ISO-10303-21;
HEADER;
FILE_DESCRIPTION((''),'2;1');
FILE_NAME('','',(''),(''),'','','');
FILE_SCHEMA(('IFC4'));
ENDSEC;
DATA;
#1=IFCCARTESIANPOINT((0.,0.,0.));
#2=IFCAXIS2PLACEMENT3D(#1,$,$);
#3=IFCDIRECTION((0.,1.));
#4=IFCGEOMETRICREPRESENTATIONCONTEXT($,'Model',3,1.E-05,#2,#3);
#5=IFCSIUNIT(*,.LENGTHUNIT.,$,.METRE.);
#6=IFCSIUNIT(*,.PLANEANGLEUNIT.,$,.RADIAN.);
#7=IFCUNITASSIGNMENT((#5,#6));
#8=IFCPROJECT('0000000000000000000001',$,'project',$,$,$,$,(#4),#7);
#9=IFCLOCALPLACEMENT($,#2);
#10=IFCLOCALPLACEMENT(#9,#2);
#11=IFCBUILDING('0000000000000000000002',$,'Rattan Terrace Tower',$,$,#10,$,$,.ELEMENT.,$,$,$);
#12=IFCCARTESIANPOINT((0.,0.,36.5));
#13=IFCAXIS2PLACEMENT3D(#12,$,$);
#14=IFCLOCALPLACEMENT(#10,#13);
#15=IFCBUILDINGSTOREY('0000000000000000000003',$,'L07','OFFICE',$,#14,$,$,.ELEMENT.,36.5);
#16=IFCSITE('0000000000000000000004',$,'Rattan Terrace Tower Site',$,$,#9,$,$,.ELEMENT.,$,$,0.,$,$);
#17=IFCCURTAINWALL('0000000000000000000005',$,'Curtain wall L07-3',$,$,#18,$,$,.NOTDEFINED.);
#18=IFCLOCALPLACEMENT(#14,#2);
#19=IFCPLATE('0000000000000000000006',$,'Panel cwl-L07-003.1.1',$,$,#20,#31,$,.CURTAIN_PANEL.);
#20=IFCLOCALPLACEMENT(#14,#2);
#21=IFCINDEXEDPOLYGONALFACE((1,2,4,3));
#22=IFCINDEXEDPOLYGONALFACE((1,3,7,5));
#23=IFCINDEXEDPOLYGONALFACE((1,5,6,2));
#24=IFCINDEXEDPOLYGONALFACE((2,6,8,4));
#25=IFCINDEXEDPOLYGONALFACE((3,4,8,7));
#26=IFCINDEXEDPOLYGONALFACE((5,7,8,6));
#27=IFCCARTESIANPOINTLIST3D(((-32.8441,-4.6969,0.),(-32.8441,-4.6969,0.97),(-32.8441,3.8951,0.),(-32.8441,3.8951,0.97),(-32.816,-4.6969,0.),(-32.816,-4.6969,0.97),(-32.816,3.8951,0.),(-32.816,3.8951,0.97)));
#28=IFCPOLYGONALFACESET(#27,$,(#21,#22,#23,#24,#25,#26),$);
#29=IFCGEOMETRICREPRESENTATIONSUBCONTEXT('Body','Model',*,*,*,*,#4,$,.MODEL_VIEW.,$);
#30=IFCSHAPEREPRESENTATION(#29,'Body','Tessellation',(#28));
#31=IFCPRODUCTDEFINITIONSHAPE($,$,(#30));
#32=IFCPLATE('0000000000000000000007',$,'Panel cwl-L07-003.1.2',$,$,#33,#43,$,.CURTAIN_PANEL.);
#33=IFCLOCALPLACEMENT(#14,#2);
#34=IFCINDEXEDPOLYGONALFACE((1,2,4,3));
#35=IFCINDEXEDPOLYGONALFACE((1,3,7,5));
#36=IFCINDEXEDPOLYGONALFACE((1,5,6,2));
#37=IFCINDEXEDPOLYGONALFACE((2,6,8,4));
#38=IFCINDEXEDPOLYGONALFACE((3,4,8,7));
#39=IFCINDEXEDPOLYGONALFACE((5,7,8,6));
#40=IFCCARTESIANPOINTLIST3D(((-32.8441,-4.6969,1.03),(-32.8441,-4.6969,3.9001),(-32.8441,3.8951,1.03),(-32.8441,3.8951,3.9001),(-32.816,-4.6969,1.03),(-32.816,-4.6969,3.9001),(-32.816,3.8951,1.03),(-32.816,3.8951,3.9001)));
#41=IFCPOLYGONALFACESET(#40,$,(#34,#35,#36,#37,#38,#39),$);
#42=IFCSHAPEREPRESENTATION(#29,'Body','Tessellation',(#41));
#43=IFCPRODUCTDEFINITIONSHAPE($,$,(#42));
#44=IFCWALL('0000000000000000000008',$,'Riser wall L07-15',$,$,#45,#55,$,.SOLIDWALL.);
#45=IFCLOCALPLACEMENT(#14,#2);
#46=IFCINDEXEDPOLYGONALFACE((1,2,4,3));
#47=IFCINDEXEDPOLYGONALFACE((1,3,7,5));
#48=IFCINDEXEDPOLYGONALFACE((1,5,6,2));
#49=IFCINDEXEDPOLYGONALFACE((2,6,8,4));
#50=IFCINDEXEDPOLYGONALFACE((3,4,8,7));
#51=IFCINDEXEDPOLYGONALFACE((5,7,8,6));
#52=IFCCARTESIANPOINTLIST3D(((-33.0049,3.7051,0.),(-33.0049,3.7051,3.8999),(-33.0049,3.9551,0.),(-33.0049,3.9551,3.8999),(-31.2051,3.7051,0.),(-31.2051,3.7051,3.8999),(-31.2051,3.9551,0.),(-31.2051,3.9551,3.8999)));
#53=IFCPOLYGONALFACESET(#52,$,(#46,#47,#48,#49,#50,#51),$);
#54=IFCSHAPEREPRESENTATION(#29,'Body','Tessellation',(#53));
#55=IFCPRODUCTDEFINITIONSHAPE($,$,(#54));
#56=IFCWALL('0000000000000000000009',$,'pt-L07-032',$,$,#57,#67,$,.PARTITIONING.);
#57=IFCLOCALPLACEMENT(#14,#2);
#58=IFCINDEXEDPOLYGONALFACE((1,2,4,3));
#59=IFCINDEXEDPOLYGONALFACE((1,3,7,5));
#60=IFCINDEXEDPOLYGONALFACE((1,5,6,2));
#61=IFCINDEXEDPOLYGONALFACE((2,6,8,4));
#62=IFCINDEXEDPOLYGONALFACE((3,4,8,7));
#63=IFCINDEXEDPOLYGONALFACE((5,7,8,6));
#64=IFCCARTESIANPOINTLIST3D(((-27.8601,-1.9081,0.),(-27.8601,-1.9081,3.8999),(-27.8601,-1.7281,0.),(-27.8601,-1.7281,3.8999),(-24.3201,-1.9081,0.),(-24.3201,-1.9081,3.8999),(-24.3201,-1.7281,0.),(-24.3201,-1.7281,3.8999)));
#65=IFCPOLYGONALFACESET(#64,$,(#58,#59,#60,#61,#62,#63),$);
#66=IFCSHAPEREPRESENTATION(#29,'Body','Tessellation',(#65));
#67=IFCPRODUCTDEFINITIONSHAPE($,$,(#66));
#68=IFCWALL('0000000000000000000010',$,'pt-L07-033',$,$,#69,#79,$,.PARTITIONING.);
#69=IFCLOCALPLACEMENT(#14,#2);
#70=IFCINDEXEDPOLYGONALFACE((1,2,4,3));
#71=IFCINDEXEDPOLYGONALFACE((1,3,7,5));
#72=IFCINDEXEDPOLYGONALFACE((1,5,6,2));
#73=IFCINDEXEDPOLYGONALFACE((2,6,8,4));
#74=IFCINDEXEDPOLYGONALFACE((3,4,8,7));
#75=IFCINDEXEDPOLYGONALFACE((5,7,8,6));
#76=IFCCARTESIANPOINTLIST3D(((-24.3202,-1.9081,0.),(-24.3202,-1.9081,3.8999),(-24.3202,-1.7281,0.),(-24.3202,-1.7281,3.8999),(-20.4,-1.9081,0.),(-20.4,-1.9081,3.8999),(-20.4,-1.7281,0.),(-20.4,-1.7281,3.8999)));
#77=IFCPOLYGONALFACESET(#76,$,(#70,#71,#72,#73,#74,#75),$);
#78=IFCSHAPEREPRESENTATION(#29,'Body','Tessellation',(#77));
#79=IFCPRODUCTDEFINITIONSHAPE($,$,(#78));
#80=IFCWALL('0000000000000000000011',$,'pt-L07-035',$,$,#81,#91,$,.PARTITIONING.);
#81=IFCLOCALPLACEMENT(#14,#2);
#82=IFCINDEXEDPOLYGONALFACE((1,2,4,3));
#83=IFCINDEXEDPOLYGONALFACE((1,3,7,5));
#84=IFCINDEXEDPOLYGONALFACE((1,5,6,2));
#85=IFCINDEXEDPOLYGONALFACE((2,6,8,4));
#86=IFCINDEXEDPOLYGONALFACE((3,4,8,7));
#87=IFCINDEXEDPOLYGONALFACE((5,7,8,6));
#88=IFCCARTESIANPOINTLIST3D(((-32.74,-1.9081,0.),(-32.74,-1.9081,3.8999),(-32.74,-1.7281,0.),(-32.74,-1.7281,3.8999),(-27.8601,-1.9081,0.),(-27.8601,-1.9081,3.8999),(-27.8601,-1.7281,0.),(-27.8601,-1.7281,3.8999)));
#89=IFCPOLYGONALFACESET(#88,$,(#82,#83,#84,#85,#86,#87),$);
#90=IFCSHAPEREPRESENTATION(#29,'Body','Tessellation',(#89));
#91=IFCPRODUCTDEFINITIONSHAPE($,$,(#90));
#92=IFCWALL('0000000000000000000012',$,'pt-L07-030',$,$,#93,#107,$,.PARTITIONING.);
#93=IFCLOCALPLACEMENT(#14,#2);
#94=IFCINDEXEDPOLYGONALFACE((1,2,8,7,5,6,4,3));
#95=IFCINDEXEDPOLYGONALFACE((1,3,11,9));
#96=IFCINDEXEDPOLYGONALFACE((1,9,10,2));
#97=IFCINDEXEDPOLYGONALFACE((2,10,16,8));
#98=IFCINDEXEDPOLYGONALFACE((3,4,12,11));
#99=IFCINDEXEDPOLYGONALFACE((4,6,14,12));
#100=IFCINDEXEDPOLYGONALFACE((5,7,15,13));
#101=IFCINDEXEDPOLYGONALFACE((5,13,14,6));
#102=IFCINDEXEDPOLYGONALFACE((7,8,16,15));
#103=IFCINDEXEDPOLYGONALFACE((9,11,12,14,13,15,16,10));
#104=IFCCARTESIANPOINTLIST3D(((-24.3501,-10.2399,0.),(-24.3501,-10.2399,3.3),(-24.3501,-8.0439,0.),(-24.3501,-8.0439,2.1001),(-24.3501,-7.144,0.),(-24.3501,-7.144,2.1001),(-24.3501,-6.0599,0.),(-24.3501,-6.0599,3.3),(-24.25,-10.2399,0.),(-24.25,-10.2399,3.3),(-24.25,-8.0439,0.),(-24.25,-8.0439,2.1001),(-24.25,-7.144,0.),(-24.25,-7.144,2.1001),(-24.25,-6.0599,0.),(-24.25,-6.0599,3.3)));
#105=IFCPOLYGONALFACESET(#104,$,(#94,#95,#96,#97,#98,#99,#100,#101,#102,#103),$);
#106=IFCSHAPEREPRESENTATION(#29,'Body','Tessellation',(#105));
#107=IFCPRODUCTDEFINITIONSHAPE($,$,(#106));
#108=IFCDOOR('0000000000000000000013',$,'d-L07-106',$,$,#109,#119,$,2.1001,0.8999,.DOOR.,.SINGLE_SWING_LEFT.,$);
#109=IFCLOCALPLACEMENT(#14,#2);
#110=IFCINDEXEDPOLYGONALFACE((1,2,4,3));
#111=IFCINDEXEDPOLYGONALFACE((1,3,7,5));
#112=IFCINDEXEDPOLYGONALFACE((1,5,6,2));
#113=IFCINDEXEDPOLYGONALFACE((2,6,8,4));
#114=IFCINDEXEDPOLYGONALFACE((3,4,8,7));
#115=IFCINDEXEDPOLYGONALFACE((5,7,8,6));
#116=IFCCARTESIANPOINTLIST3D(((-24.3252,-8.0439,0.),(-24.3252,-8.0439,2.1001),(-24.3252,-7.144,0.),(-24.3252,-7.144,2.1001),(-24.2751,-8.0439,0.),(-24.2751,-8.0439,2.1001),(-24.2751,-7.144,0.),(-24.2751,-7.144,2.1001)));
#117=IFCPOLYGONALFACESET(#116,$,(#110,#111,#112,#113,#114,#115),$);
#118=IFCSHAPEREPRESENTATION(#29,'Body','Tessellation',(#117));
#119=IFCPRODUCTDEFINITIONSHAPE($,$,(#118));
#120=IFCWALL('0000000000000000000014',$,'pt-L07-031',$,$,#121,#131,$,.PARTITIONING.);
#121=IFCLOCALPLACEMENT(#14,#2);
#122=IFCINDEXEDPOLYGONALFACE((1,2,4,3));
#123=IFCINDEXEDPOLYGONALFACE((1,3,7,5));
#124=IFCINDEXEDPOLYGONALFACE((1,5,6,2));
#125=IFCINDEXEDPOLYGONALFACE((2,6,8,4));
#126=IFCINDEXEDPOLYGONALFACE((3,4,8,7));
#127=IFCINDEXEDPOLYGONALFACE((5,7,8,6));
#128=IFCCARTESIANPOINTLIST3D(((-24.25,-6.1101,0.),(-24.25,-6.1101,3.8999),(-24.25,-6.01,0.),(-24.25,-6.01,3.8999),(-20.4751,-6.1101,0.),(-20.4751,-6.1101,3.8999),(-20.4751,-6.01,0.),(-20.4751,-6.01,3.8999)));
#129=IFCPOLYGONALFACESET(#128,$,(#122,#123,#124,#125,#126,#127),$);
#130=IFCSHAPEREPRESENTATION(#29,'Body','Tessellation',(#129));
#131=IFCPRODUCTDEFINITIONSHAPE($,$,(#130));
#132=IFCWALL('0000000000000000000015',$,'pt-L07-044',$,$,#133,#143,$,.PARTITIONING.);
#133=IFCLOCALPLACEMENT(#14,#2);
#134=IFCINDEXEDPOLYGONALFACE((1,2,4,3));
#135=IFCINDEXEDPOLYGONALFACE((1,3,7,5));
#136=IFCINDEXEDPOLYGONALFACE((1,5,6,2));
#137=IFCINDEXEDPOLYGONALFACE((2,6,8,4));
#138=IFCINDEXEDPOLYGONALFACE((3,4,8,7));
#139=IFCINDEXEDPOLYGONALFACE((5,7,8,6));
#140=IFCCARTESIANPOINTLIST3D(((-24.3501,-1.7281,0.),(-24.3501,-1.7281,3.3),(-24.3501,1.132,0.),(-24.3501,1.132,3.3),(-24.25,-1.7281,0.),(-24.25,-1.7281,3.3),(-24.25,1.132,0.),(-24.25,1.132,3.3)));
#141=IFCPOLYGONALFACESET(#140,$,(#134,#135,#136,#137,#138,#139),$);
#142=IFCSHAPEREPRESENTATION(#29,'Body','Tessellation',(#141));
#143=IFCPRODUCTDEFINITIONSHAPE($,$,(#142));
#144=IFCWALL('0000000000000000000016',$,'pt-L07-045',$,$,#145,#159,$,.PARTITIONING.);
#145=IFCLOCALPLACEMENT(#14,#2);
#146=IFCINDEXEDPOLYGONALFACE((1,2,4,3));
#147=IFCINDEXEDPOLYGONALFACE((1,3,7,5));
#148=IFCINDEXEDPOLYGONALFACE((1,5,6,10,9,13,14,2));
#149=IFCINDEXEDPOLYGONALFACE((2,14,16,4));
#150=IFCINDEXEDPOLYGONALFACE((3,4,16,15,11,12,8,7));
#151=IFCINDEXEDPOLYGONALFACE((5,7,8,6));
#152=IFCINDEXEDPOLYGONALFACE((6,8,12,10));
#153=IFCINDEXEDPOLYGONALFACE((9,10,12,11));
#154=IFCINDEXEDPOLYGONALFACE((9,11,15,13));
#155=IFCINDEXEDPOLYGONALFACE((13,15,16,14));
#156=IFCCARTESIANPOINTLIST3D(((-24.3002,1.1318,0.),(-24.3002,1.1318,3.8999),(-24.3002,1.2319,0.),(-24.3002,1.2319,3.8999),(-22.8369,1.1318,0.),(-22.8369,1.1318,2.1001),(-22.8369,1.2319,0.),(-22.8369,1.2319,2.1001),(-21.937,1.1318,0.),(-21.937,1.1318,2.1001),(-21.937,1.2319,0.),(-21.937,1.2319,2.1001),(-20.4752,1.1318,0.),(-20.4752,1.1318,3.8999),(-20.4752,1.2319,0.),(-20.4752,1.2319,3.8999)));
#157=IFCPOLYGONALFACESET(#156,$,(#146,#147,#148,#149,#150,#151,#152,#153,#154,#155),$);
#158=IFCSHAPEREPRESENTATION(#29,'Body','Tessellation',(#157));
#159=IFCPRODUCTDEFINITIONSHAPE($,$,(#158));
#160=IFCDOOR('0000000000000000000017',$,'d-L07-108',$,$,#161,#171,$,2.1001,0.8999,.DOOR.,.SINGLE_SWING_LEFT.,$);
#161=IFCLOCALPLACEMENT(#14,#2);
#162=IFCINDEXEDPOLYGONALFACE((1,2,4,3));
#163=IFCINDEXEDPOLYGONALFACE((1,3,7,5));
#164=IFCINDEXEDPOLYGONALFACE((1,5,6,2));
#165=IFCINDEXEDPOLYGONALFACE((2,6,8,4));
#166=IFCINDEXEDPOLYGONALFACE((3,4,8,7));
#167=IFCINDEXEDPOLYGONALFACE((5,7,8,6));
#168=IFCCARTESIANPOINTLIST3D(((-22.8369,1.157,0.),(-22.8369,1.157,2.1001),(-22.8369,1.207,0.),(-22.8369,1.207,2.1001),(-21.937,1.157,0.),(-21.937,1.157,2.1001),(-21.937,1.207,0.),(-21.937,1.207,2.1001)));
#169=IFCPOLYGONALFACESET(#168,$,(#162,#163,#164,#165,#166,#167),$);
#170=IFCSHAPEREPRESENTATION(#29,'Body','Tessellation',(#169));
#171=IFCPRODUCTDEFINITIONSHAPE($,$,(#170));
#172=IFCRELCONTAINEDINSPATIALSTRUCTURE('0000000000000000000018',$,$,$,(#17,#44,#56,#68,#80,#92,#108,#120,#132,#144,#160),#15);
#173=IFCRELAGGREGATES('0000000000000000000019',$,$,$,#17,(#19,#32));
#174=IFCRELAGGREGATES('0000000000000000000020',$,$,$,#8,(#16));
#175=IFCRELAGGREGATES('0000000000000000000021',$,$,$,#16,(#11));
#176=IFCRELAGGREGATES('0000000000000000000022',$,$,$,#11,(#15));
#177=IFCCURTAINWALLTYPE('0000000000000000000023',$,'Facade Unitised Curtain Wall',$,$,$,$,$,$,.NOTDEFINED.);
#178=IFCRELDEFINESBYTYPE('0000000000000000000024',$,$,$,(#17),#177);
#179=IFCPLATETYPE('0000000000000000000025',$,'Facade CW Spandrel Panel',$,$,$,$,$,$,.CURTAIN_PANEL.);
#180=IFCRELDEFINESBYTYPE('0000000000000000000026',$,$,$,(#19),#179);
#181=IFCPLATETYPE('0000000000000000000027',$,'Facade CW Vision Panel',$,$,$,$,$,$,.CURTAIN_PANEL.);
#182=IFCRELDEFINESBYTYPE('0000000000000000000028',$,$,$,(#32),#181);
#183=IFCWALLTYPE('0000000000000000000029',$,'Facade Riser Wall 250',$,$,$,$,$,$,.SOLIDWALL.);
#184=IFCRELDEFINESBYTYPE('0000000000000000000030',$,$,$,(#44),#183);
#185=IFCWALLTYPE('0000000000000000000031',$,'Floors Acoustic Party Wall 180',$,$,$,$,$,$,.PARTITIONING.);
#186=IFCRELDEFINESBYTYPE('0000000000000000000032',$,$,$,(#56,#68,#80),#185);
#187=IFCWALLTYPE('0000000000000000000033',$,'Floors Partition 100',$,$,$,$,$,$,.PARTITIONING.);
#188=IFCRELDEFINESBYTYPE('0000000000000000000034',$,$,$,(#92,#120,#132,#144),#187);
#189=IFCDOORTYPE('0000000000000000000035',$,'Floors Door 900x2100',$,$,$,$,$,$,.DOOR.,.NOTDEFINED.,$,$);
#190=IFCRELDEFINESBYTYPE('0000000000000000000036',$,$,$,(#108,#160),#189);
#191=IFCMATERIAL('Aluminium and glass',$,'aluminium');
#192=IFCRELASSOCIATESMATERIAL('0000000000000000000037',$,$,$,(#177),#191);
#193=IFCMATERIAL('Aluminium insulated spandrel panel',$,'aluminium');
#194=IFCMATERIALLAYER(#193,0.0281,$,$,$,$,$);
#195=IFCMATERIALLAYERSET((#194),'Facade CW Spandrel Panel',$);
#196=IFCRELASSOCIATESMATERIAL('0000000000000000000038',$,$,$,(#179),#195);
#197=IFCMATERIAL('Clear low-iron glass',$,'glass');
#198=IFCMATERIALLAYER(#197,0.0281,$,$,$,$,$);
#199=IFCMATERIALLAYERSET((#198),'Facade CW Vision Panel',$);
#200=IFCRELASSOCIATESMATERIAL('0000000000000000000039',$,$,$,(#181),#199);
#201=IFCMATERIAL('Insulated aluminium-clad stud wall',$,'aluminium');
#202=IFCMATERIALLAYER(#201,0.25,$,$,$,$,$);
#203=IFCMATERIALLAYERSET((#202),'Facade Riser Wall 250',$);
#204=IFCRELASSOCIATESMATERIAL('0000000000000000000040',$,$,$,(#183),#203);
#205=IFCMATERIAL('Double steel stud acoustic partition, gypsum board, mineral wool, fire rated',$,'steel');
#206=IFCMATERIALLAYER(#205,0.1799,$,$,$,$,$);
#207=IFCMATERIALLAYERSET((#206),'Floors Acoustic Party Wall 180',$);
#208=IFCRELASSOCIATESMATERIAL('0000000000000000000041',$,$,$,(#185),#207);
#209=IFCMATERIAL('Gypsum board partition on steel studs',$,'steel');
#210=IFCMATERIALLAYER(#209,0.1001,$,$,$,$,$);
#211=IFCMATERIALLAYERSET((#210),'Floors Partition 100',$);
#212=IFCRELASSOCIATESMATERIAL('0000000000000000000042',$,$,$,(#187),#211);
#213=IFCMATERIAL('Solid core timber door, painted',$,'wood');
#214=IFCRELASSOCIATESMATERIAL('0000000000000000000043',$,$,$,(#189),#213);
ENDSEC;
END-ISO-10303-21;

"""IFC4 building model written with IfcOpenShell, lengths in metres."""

from ifc_helpers import new_model, si_unit, direction, frame, frame_2d, origin, origin_2d, place, context, subcontext, project, spatial, rectangle, extrude, material, layer, layer_set, type_object, element, fill, aggregate, save


model = new_model("IFC4")

# Units and contexts
model_context = context("Model", 3, precision=1e-05, world=origin(), true_north=direction((0.0, 1.0)))
body_context = subcontext(model_context, "Body", "Model", "MODEL_VIEW")
ifc_project = project(units=[si_unit("LENGTHUNIT", "METRE"), si_unit("PLANEANGLEUNIT", "RADIAN")], contexts=[model_context])

# Site, building, storey
site_placement = place(None, origin())
site = spatial("IfcSite", under=ifc_project, at=site_placement, Name="Rattan Terrace Tower Site", CompositionType="ELEMENT", RefElevation=0.0)
building_placement = place(site_placement, origin())
building = spatial("IfcBuilding", under=site, at=building_placement, Name="Rattan Terrace Tower", CompositionType="ELEMENT")
storey_placement = place(building_placement, frame((0.0, 0.0, 36.5)))
storey = spatial("IfcBuildingStorey", under=building, at=storey_placement, Name="L07", Description="OFFICE", CompositionType="ELEMENT", Elevation=36.5)

# Curtain wall
ifc_material_1 = material(Name="Aluminium and glass", Category="aluminium")
curtain_wall_type = type_object("IfcCurtainWallType", Name="Facade Unitised Curtain Wall", PredefinedType="NOTDEFINED", material=ifc_material_1)
curtain_wall_placement = place(storey_placement, origin())
curtain_wall = element("IfcCurtainWall", 1, at=curtain_wall_placement, inside=storey, type_object=curtain_wall_type, Name="Curtain wall L07-3", PredefinedType="NOTDEFINED")

# Plates
ifc_material_2 = material(Name="Aluminium insulated spandrel panel", Category="aluminium")
ifc_layer_1 = layer(ifc_material_2, 0.0281)
ifc_layer_set_1 = layer_set([ifc_layer_1], Name="Facade CW Spandrel Panel")
plate_type_1 = type_object("IfcPlateType", Name="Facade CW Spandrel Panel", PredefinedType="CURTAIN_PANEL", material=ifc_layer_set_1)
plate_1_placement = place(storey_placement, frame((-32.8301, -0.4009, 0.0), z_axis=(0.0, 0.0, 1.0), x_axis=(0.0, -1.0, 0.0)))
plate_1 = element("IfcPlate", 2, at=plate_1_placement, type_object=plate_type_1, Name="Panel cwl-L07-003.1.1", PredefinedType="CURTAIN_PANEL", context=body_context, shape_type="SweptSolid", body=[
    extrude(rectangle(XDim=8.592, YDim=0.0281, at=origin_2d()), origin(), (0.0, 0.0, 1.0), 0.97),
])
ifc_material_3 = material(Name="Clear low-iron glass", Category="glass")
ifc_layer_2 = layer(ifc_material_3, 0.0281)
ifc_layer_set_2 = layer_set([ifc_layer_2], Name="Facade CW Vision Panel")
plate_type_2 = type_object("IfcPlateType", Name="Facade CW Vision Panel", PredefinedType="CURTAIN_PANEL", material=ifc_layer_set_2)
plate_2_placement = place(storey_placement, frame((-32.8301, -0.4009, 1.03), z_axis=(0.0, 0.0, 1.0), x_axis=(0.0, -1.0, 0.0)))
plate_2 = element("IfcPlate", 3, at=plate_2_placement, type_object=plate_type_2, Name="Panel cwl-L07-003.1.2", PredefinedType="CURTAIN_PANEL", context=body_context, shape_type="SweptSolid", body=[
    extrude(rectangle(XDim=8.592, YDim=0.0281, at=origin_2d()), origin(), (0.0, 0.0, 1.0), 2.8701),
])
aggregate(curtain_wall, [plate_1, plate_2])

# Walls
ifc_material_4 = material(Name="Insulated aluminium-clad stud wall", Category="aluminium")
ifc_layer_3 = layer(ifc_material_4, 0.25)
ifc_layer_set_3 = layer_set([ifc_layer_3], Name="Facade Riser Wall 250")
wall_type_1 = type_object("IfcWallType", Name="Facade Riser Wall 250", PredefinedType="SOLIDWALL", material=ifc_layer_set_3)
wall_1_placement = place(storey_placement, frame((-31.2051, 3.8301, 0.0), z_axis=(0.0, 0.0, 1.0), x_axis=(-1.0, 0.0, 0.0)))
element("IfcWall", 4, at=wall_1_placement, inside=storey, type_object=wall_type_1, Name="Riser wall L07-15", PredefinedType="SOLIDWALL", context=body_context, shape_type="SweptSolid", body=[
    extrude(rectangle(XDim=1.7998, YDim=0.25, at=frame_2d((0.8999, 0.0))), origin(), (0.0, 0.0, 1.0), 3.8999),
])
ifc_material_5 = material(Name="Double steel stud acoustic partition, gypsum board, mineral wool, fire rated", Category="steel")
ifc_layer_4 = layer(ifc_material_5, 0.1799)
ifc_layer_set_4 = layer_set([ifc_layer_4], Name="Floors Acoustic Party Wall 180")
wall_type_2 = type_object("IfcWallType", Name="Floors Acoustic Party Wall 180", PredefinedType="PARTITIONING", material=ifc_layer_set_4)
wall_2_placement = place(storey_placement, frame((-27.8601, -1.8181, 0.0), z_axis=(0.0, 0.0, 1.0), x_axis=(1.0, 0.0, 0.0)))
element("IfcWall", 5, at=wall_2_placement, inside=storey, type_object=wall_type_2, Name="pt-L07-032", PredefinedType="PARTITIONING", context=body_context, shape_type="SweptSolid", body=[
    extrude(rectangle(XDim=3.54, YDim=0.1799, at=frame_2d((1.77, 0.0))), origin(), (0.0, 0.0, 1.0), 3.8999),
])
wall_3_placement = place(storey_placement, frame((-24.3201, -1.8181, 0.0), z_axis=(0.0, 0.0, 1.0), x_axis=(1.0, 0.0, 0.0)))
element("IfcWall", 6, at=wall_3_placement, inside=storey, type_object=wall_type_2, Name="pt-L07-033", PredefinedType="PARTITIONING", context=body_context, shape_type="SweptSolid", body=[
    extrude(rectangle(XDim=3.9202, YDim=0.1799, at=frame_2d((1.96, 0.0))), origin(), (0.0, 0.0, 1.0), 3.8999),
])
wall_4_placement = place(storey_placement, frame((-32.74, -1.8181, 0.0), z_axis=(0.0, 0.0, 1.0), x_axis=(1.0, 0.0, 0.0)))
element("IfcWall", 7, at=wall_4_placement, inside=storey, type_object=wall_type_2, Name="pt-L07-035", PredefinedType="PARTITIONING", context=body_context, shape_type="SweptSolid", body=[
    extrude(rectangle(XDim=4.8799, YDim=0.1799, at=frame_2d((2.4399, 0.0))), origin(), (0.0, 0.0, 1.0), 3.8999),
])

# Wall, opening, door
ifc_material_6 = material(Name="Gypsum board partition on steel studs", Category="steel")
ifc_layer_5 = layer(ifc_material_6, 0.1001)
ifc_layer_set_5 = layer_set([ifc_layer_5], Name="Floors Partition 100")
wall_type_3 = type_object("IfcWallType", Name="Floors Partition 100", PredefinedType="PARTITIONING", material=ifc_layer_set_5)
wall_5_placement = place(storey_placement, frame((-24.3, -6.0601, 0.0), z_axis=(0.0, 0.0, 1.0), x_axis=(0.0, -1.0, 0.0)))
wall_5 = element("IfcWall", 8, at=wall_5_placement, inside=storey, type_object=wall_type_3, Name="pt-L07-030", PredefinedType="PARTITIONING", context=body_context, shape_type="SweptSolid", body=[
    extrude(rectangle(XDim=4.1799, YDim=0.1001, at=frame_2d((2.0898, 0.0))), origin(), (0.0, 0.0, 1.0), 3.3),
])
opening_1_placement = place(wall_5_placement, frame((1.084, 0.0, 0.0)))
opening_1 = element("IfcOpeningElement", 9, at=opening_1_placement, cuts=wall_5, PredefinedType="OPENING", context=body_context, shape_type="SweptSolid", body=[
    extrude(rectangle(XDim=0.8999, YDim=2.1001, at=frame_2d((0.45, 1.05))), frame((0.0, 0.0605, 0.0), z_axis=(0.0, -1.0, 0.0), x_axis=(1.0, 0.0, 0.0)), (0.0, 0.0, 1.0), 0.1211),
])
ifc_material_7 = material(Name="Solid core timber door, painted", Category="wood")
door_type_1 = type_object("IfcDoorType", Name="Floors Door 900x2100", OperationType="NOTDEFINED", PredefinedType="DOOR", material=ifc_material_7)
door_1_placement = place(opening_1_placement, origin())
door_1 = element("IfcDoor", 10, at=door_1_placement, inside=storey, type_object=door_type_1, Name="d-L07-106", OperationType="SINGLE_SWING_LEFT", OverallHeight=2.1001, OverallWidth=0.8999, PredefinedType="DOOR", context=body_context, shape_type="SweptSolid", body=[
    extrude(rectangle(XDim=0.8999, YDim=2.1001, at=frame_2d((0.45, 1.05))), frame((0.0, 0.0249, 0.0), z_axis=(0.0, -1.0, 0.0), x_axis=(1.0, 0.0, 0.0)), (0.0, 0.0, 1.0), 0.05),
])
fill(opening_1, door_1)

# Walls
wall_6_placement = place(storey_placement, frame((-20.4751, -6.0601, 0.0), z_axis=(0.0, 0.0, 1.0), x_axis=(-1.0, 0.0, 0.0)))
element("IfcWall", 11, at=wall_6_placement, inside=storey, type_object=wall_type_3, Name="pt-L07-031", PredefinedType="PARTITIONING", context=body_context, shape_type="SweptSolid", body=[
    extrude(rectangle(XDim=3.7749, YDim=0.1001, at=frame_2d((1.8875, 0.0))), origin(), (0.0, 0.0, 1.0), 3.8999),
])
wall_7_placement = place(storey_placement, frame((-24.3, 1.1321, 0.0), z_axis=(0.0, 0.0, 1.0), x_axis=(0.0, -1.0, 0.0)))
element("IfcWall", 12, at=wall_7_placement, inside=storey, type_object=wall_type_3, Name="pt-L07-044", PredefinedType="PARTITIONING", context=body_context, shape_type="SweptSolid", body=[
    extrude(rectangle(XDim=2.8601, YDim=0.1001, at=frame_2d((1.4302, 0.0))), origin(), (0.0, 0.0, 1.0), 3.3),
])

# Wall, opening, door
wall_8_placement = place(storey_placement, frame((-20.4751, 1.1819, 0.0), z_axis=(0.0, 0.0, 1.0), x_axis=(-1.0, 0.0, 0.0)))
wall_8 = element("IfcWall", 13, at=wall_8_placement, inside=storey, type_object=wall_type_3, Name="pt-L07-045", PredefinedType="PARTITIONING", context=body_context, shape_type="SweptSolid", body=[
    extrude(rectangle(XDim=3.825, YDim=0.1001, at=frame_2d((1.9126, 0.0))), origin(), (0.0, 0.0, 1.0), 3.8999),
])
opening_2_placement = place(wall_8_placement, frame((1.4619, 0.0, 0.0)))
opening_2 = element("IfcOpeningElement", 14, at=opening_2_placement, cuts=wall_8, PredefinedType="OPENING", context=body_context, shape_type="SweptSolid", body=[
    extrude(rectangle(XDim=0.8999, YDim=2.1001, at=frame_2d((0.45, 1.05))), frame((0.0, 0.0605, 0.0), z_axis=(0.0, -1.0, 0.0), x_axis=(1.0, 0.0, 0.0)), (0.0, 0.0, 1.0), 0.1211),
])
door_2_placement = place(opening_2_placement, origin())
door_2 = element("IfcDoor", 15, at=door_2_placement, inside=storey, type_object=door_type_1, Name="d-L07-108", OperationType="SINGLE_SWING_LEFT", OverallHeight=2.1001, OverallWidth=0.8999, PredefinedType="DOOR", context=body_context, shape_type="SweptSolid", body=[
    extrude(rectangle(XDim=0.8999, YDim=2.1001, at=frame_2d((0.45, 1.05))), frame((0.0, 0.0249, 0.0), z_axis=(0.0, -1.0, 0.0), x_axis=(1.0, 0.0, 0.0)), (0.0, 0.0, 1.0), 0.05),
])
fill(opening_2, door_2)

save(model, "model.ifc")
